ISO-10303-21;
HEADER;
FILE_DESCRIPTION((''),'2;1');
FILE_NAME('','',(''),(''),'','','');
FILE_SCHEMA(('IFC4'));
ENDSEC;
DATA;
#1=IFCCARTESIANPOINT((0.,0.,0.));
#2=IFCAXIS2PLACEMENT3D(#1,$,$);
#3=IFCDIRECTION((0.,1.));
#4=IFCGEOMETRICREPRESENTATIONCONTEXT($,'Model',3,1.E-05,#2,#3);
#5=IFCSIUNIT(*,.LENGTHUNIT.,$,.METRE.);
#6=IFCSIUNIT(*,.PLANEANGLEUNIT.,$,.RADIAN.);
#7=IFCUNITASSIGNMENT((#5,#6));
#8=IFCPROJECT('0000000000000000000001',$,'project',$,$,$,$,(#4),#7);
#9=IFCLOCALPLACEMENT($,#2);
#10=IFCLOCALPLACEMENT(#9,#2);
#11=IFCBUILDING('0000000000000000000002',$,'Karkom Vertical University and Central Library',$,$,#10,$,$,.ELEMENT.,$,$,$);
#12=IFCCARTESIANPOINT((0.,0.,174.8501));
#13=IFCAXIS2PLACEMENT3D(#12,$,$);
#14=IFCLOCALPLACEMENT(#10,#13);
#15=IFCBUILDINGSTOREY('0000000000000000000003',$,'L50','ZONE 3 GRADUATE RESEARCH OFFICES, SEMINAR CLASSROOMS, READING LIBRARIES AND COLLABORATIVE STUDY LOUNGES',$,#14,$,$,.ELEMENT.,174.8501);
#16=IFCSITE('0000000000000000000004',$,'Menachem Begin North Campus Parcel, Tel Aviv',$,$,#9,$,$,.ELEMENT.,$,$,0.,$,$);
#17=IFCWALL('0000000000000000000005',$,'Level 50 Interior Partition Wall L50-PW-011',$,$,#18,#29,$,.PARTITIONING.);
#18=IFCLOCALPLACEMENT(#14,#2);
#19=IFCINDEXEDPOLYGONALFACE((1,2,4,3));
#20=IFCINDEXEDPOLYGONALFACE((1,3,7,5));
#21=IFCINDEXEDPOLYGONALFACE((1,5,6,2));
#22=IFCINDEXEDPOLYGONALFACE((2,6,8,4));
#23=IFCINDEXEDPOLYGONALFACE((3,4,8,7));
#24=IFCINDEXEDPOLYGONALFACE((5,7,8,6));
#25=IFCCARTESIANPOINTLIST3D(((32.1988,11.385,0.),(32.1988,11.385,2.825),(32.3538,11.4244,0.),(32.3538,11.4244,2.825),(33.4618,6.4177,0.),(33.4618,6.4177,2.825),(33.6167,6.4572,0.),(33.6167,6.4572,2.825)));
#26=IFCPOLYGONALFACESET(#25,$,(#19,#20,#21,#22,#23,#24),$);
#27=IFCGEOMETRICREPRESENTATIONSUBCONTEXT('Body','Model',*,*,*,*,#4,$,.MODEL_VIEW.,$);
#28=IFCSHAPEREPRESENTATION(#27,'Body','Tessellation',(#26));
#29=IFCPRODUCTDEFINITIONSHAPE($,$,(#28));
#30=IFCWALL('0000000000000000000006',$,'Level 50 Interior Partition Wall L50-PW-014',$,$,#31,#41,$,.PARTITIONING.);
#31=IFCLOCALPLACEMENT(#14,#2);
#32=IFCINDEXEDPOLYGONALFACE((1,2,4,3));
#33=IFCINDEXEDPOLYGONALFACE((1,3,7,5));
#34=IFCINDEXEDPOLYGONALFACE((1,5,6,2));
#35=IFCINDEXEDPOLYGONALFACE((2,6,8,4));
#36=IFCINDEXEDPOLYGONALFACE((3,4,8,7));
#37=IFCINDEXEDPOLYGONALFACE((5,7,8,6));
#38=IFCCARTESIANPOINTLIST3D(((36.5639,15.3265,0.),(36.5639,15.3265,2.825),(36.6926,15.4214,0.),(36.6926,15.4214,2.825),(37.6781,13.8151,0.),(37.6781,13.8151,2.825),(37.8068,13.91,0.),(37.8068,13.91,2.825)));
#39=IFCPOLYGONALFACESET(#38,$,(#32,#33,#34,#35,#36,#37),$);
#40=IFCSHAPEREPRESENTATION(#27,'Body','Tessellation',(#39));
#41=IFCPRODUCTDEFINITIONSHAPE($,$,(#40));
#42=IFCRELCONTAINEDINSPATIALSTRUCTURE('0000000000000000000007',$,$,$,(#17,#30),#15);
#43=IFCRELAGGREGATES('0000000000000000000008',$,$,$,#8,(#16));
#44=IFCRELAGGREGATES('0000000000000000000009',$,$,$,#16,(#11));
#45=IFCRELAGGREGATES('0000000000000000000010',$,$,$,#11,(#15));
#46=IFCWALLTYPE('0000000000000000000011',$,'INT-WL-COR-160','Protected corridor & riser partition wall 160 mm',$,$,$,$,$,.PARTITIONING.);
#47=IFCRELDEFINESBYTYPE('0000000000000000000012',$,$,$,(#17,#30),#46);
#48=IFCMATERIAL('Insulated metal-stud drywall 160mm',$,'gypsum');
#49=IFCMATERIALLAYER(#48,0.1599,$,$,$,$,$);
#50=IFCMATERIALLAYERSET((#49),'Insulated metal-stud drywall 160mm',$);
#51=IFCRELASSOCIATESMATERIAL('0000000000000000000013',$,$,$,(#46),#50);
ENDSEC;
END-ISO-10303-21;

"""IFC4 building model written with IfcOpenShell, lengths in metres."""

from ifc_helpers import new_model, si_unit, direction, frame, frame_2d, origin, place, context, subcontext, project, spatial, rectangle, extrude, material, layer, layer_set, type_object, element, save


model = new_model("IFC4")

# Units and contexts
model_context = context("Model", 3, precision=1e-05, world=origin(), true_north=direction((0.0, 1.0)))
body_context = subcontext(model_context, "Body", "Model", "MODEL_VIEW")
ifc_project = project(units=[si_unit("LENGTHUNIT", "METRE"), si_unit("PLANEANGLEUNIT", "RADIAN")], contexts=[model_context])

# Site, building, storey
site_placement = place(None, origin())
site = spatial("IfcSite", under=ifc_project, at=site_placement, Name="Menachem Begin North Campus Parcel, Tel Aviv", CompositionType="ELEMENT", RefElevation=0.0)
building_placement = place(site_placement, origin())
building = spatial("IfcBuilding", under=site, at=building_placement, Name="Karkom Vertical University and Central Library", CompositionType="ELEMENT")
storey_placement = place(building_placement, frame((0.0, 0.0, 174.8501)))
storey = spatial("IfcBuildingStorey", under=building, at=storey_placement, Name="L50", Description="ZONE 3 GRADUATE RESEARCH OFFICES, SEMINAR CLASSROOMS, READING LIBRARIES AND COLLABORATIVE STUDY LOUNGES", CompositionType="ELEMENT", Elevation=174.8501)

# Shared definitions
ifc_material_1 = material(Name="Insulated metal-stud drywall 160mm", Category="gypsum")
ifc_layer_1 = layer(ifc_material_1, 0.1599)
ifc_layer_set_1 = layer_set([ifc_layer_1], Name="Insulated metal-stud drywall 160mm")
wall_type = type_object("IfcWallType", Name="INT-WL-COR-160", Description="Protected corridor & riser partition wall 160 mm", PredefinedType="PARTITIONING", material=ifc_layer_set_1)

# Wall
wall_1_placement = place(storey_placement, frame((32.2764, 11.4045, 0.0), z_axis=(0.0, 0.0, 1.0), x_axis=(0.246412, -0.969165, 0.0)))
element("IfcWall", 1, at=wall_1_placement, inside=storey, type_object=wall_type, Name="Level 50 Interior Partition Wall L50-PW-011", PredefinedType="PARTITIONING", context=body_context, shape_type="SweptSolid", body=[
    extrude(rectangle(XDim=5.1252, YDim=0.1599, at=frame_2d((2.5625, 0.0))), origin(), (0.0, 0.0, 1.0), 2.825),
])

# Wall
wall_2_placement = place(storey_placement, frame((36.6282, 15.374, 0.0), z_axis=(0.0, 0.0, 1.0), x_axis=(0.593385, -0.804919, 0.0)))
element("IfcWall", 2, at=wall_2_placement, inside=storey, type_object=wall_type, Name="Level 50 Interior Partition Wall L50-PW-014", PredefinedType="PARTITIONING", context=body_context, shape_type="SweptSolid", body=[
    extrude(rectangle(XDim=1.8777, YDim=0.1599, at=frame_2d((0.939, 0.0))), origin(), (0.0, 0.0, 1.0), 2.825),
])

save(model, "model.ifc")
